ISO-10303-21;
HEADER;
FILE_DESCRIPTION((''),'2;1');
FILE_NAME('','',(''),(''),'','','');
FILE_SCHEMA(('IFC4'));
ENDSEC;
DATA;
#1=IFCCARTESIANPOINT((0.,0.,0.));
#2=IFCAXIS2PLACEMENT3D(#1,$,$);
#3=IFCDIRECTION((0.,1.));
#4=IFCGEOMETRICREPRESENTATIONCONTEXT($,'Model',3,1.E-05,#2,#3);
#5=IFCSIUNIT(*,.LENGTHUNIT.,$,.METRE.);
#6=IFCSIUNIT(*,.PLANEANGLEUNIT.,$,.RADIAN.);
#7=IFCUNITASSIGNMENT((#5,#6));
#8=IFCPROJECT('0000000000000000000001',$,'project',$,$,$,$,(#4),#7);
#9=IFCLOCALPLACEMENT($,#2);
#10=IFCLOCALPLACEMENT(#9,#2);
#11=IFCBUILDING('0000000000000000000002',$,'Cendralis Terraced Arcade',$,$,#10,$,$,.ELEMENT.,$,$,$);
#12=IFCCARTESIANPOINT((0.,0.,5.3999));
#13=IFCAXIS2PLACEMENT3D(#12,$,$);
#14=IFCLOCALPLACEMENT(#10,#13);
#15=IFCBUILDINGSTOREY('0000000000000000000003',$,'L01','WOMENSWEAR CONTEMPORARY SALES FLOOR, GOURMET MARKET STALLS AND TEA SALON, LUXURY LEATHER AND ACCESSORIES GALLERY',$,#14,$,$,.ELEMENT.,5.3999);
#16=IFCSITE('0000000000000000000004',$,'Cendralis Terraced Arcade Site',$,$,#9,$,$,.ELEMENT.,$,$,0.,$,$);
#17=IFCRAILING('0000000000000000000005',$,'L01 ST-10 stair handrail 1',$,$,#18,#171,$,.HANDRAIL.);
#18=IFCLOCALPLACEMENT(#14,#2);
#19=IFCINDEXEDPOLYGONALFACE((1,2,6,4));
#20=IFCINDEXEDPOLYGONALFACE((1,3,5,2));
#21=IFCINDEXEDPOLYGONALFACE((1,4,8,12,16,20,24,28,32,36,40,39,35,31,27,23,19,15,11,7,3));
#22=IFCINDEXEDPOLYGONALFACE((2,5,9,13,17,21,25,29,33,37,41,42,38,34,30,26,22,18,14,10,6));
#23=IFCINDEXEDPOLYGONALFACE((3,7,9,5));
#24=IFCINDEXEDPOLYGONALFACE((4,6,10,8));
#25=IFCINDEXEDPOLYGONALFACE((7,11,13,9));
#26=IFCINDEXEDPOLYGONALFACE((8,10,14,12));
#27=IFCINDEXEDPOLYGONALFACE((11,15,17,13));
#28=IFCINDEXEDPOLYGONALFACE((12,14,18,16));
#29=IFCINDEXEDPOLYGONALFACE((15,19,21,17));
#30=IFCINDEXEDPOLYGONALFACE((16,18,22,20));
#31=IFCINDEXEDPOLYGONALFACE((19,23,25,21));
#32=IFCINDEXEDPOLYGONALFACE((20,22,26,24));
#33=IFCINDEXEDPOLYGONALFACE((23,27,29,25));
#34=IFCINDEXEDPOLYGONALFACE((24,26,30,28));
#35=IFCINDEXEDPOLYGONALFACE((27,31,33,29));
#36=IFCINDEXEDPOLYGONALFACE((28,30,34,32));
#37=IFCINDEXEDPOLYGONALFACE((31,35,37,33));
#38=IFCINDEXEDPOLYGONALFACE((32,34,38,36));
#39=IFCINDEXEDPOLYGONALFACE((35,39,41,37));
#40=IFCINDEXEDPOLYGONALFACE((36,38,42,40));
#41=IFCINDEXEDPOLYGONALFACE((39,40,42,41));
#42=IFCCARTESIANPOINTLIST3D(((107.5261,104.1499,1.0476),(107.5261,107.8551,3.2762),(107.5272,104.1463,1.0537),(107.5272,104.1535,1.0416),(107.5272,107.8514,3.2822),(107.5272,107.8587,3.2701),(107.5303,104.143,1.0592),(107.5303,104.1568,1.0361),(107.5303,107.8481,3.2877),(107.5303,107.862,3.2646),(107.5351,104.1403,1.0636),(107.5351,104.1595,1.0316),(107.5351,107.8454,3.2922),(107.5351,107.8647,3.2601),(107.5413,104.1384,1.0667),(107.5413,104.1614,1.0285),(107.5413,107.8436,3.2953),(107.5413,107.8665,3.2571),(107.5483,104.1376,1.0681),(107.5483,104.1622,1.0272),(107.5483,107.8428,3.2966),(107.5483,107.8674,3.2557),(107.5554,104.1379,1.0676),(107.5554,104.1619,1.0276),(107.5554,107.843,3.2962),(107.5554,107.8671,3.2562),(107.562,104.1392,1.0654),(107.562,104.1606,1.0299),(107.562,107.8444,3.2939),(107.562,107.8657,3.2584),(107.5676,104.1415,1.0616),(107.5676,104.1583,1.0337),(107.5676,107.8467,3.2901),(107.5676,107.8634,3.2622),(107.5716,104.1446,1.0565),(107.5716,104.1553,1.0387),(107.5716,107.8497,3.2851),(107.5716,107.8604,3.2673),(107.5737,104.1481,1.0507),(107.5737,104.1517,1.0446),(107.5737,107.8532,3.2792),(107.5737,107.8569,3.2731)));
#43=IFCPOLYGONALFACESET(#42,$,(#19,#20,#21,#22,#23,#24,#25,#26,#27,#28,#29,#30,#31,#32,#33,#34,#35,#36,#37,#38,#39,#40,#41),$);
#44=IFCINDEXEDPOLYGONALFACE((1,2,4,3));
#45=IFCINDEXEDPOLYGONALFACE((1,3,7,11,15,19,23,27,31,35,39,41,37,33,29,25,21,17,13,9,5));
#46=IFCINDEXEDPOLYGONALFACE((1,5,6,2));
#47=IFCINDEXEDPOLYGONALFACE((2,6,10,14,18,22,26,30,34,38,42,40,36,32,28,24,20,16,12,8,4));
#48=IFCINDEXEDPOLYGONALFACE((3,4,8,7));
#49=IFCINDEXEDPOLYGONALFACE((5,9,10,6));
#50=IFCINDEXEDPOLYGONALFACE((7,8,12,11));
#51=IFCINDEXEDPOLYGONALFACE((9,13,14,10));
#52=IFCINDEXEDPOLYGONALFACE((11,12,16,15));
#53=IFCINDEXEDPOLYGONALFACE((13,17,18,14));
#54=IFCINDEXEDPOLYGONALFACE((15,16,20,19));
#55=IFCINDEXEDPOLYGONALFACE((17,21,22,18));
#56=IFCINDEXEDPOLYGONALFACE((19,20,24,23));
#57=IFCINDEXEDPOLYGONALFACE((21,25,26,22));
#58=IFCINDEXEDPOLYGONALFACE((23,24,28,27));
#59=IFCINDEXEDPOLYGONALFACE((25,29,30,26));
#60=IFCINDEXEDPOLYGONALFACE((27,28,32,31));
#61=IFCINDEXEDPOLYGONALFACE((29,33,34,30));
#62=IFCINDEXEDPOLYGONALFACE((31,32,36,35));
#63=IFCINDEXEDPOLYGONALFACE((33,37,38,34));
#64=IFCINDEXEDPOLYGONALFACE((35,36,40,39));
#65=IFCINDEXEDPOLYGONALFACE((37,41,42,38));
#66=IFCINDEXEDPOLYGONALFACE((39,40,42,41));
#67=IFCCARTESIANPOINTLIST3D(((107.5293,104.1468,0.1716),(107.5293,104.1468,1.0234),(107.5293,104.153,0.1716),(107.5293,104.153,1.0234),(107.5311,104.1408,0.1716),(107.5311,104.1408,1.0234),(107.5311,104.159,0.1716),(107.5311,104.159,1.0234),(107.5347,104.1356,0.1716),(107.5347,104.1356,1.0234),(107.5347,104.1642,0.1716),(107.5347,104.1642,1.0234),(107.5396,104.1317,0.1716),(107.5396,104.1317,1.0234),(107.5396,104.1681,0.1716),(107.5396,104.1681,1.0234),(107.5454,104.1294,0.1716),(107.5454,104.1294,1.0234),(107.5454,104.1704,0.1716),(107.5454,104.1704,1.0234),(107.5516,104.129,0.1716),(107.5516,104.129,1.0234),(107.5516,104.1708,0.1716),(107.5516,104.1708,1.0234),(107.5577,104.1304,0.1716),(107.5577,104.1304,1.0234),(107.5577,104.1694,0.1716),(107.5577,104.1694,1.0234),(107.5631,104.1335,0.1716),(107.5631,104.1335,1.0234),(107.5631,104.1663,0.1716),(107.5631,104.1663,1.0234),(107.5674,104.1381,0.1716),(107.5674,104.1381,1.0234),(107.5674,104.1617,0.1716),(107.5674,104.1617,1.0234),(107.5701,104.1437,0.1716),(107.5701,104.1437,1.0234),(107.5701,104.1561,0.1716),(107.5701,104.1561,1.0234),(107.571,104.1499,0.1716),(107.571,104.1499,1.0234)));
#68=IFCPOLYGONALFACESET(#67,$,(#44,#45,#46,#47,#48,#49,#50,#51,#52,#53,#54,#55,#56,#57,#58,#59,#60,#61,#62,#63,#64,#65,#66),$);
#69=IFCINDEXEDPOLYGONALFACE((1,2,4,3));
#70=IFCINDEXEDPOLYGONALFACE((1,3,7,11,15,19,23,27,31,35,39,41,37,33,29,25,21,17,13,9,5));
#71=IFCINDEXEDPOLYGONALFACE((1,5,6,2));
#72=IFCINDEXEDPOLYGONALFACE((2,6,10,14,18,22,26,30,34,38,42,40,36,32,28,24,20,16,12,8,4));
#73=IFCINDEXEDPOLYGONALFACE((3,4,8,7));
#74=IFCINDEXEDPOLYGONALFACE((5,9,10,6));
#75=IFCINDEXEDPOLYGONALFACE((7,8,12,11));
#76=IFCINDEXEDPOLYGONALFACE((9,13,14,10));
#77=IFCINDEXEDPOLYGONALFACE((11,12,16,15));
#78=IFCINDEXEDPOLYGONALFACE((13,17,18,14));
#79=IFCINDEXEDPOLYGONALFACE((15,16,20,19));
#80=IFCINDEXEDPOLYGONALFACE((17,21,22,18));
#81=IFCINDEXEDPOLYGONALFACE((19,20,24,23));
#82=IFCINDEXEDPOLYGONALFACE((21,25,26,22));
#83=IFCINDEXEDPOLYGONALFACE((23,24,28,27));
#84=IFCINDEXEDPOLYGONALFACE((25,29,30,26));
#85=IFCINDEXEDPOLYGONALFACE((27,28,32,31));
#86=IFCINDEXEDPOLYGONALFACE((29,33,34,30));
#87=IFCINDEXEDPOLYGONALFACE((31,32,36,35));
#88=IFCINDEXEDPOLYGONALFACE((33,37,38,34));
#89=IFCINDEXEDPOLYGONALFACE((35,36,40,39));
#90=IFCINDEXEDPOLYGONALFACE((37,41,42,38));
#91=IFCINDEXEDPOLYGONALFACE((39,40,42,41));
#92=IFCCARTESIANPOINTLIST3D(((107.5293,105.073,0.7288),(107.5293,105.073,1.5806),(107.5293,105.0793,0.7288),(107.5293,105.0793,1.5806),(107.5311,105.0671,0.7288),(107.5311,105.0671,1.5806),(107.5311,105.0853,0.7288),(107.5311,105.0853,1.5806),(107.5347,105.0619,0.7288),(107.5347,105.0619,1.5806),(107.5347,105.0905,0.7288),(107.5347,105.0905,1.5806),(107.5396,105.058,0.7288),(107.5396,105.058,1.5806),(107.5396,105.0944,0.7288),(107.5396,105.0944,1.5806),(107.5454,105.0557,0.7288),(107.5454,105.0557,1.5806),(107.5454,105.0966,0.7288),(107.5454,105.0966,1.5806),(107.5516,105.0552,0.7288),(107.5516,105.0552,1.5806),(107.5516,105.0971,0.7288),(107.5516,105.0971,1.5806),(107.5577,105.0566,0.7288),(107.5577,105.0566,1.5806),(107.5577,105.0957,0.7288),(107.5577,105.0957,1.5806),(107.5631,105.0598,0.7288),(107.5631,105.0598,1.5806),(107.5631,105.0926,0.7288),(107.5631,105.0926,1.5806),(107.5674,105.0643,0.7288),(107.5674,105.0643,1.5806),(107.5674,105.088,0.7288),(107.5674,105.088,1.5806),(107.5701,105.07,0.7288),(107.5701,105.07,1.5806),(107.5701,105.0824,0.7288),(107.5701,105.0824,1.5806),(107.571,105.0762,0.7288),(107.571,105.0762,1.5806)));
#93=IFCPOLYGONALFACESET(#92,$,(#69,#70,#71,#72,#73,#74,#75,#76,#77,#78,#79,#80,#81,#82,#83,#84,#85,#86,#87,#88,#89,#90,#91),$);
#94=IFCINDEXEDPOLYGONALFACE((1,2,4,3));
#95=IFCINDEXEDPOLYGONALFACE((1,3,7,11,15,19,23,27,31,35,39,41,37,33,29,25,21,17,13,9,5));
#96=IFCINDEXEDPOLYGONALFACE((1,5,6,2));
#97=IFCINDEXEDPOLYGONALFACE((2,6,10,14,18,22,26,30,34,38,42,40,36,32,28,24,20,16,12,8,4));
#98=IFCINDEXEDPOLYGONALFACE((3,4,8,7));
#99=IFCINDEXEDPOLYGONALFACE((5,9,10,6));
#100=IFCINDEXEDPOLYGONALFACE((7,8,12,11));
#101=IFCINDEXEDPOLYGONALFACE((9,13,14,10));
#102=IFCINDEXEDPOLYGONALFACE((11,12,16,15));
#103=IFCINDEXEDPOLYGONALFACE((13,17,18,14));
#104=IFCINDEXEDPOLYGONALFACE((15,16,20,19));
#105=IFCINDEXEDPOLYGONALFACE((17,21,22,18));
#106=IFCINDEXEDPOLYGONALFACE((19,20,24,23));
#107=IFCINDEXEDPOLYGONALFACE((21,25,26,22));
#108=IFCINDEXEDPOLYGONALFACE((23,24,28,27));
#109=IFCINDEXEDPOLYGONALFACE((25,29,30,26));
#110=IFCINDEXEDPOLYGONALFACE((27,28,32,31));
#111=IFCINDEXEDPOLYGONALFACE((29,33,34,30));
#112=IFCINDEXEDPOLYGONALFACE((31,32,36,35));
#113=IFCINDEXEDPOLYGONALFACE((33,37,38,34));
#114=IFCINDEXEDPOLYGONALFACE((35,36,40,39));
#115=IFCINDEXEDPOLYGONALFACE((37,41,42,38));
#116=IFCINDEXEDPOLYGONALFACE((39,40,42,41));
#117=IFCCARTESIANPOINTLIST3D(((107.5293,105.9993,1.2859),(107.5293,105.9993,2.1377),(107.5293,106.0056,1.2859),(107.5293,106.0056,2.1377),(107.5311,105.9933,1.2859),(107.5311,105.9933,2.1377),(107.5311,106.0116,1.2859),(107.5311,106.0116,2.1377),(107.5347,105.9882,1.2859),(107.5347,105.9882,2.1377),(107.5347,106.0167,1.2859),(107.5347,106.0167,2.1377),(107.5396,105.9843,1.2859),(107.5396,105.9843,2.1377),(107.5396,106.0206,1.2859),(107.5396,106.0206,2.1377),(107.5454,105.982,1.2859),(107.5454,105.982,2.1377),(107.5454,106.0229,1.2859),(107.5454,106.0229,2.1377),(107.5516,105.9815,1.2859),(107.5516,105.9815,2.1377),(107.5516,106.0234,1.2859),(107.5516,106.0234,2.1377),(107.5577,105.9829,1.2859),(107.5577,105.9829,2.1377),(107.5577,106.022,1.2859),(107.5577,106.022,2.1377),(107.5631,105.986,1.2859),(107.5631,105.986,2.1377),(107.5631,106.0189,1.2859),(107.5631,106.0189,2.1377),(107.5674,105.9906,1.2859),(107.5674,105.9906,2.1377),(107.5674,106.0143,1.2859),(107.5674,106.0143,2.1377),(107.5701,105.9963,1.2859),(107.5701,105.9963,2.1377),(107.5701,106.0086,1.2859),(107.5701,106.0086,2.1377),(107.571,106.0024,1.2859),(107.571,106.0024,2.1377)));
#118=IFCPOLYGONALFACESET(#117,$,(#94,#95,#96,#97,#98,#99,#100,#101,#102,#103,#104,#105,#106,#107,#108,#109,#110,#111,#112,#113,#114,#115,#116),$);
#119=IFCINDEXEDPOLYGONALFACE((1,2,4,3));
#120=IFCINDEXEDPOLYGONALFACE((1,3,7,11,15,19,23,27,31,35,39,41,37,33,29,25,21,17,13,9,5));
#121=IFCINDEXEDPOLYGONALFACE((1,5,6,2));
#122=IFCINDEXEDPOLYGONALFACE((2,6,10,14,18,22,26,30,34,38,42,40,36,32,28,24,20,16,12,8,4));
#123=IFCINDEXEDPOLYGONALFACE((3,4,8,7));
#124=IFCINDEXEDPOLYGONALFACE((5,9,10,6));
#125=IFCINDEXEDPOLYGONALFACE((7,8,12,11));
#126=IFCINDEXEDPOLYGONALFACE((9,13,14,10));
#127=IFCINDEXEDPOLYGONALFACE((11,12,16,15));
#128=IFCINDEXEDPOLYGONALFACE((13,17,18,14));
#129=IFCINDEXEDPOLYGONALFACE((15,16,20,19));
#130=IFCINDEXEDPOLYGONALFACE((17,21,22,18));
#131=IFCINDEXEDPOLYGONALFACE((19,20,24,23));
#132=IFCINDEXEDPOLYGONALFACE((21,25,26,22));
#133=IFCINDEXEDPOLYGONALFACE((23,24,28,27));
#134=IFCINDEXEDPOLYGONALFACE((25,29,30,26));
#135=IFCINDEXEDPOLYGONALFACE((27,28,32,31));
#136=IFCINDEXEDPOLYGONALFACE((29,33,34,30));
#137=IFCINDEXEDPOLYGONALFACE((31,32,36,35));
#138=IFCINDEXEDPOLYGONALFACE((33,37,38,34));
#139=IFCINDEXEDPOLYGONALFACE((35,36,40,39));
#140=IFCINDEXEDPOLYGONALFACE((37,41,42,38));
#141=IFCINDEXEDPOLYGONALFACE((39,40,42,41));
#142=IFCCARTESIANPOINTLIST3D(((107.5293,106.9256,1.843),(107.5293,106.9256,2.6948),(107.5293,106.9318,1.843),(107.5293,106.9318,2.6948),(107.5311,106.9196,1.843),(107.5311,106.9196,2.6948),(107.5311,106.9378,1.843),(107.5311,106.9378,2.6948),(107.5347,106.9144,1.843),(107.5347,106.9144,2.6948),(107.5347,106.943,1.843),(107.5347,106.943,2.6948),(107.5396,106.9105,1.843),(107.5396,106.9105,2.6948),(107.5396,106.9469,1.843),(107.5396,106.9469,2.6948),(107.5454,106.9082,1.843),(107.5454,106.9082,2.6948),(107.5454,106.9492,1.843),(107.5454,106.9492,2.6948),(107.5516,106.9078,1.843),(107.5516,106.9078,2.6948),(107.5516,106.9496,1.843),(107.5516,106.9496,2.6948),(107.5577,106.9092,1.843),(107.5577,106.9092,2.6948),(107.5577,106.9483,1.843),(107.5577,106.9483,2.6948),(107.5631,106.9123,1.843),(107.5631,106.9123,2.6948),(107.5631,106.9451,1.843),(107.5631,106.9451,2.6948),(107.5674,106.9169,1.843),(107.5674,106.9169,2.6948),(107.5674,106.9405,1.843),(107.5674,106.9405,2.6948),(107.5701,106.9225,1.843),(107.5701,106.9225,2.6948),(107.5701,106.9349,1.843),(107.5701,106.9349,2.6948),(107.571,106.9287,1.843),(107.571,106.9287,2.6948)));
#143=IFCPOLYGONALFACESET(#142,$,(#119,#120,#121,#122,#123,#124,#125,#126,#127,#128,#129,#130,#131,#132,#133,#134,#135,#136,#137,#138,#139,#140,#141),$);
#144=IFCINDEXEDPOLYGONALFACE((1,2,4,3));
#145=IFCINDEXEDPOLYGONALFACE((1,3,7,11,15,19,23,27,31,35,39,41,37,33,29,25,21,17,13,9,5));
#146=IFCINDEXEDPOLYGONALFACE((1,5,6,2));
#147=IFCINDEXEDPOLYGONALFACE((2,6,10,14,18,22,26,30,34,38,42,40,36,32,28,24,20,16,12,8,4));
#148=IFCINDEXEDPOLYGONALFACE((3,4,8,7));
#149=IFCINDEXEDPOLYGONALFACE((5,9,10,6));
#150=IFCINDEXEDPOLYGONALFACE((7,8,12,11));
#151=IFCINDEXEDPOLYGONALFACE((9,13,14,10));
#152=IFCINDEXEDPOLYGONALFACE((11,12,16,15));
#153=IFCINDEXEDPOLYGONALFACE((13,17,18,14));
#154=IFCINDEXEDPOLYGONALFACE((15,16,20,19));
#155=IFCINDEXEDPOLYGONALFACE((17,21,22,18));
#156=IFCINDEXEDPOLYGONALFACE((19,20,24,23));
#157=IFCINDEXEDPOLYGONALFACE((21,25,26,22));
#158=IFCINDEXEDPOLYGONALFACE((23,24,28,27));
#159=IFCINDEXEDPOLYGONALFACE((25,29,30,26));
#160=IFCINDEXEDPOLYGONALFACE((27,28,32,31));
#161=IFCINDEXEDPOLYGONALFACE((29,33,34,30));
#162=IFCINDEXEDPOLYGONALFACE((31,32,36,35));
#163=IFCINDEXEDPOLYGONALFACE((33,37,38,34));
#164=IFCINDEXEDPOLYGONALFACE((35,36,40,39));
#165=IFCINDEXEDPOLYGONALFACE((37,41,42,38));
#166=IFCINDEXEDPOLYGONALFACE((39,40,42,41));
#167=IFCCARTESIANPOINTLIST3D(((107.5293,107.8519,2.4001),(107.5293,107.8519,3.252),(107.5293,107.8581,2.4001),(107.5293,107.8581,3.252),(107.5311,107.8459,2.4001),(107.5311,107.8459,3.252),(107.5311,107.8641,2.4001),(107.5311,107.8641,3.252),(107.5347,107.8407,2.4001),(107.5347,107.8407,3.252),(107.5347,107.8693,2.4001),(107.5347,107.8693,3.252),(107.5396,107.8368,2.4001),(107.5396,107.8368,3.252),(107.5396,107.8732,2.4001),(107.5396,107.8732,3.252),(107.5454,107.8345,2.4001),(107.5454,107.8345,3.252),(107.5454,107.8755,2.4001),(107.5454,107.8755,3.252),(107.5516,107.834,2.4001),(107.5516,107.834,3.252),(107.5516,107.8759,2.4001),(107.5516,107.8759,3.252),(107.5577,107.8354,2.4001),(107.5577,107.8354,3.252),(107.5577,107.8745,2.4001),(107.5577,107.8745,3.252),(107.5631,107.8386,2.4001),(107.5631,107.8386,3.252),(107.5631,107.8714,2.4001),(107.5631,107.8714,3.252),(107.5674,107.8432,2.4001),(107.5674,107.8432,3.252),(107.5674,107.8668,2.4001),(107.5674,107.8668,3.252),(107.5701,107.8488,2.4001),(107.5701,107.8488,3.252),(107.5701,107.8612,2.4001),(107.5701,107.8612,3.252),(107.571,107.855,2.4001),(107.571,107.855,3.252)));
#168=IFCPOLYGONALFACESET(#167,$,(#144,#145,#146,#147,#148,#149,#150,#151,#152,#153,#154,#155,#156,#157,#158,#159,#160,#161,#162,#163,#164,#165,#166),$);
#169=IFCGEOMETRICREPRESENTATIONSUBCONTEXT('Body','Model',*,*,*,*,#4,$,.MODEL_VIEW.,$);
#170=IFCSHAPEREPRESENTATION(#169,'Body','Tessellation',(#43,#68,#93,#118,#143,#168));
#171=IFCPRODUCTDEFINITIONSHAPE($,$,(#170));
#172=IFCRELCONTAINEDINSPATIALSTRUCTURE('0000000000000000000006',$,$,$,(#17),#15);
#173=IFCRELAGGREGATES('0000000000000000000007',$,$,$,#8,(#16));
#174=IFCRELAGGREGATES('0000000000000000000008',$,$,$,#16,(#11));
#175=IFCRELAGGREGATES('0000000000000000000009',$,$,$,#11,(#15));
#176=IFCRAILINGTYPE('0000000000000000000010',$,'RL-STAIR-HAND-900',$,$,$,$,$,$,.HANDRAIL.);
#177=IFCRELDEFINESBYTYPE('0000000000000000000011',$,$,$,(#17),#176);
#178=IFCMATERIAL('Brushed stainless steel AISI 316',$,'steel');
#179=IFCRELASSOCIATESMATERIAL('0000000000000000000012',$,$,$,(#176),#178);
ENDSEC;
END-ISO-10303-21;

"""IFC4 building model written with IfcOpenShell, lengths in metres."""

from ifc_helpers import new_model, si_unit, direction, frame, origin, origin_2d, place, context, subcontext, project, spatial, circle, extrude, material, type_object, element, save


model = new_model("IFC4")

# Units and contexts
model_context = context("Model", 3, precision=1e-05, world=origin(), true_north=direction((0.0, 1.0)))
body_context = subcontext(model_context, "Body", "Model", "MODEL_VIEW")
ifc_project = project(units=[si_unit("LENGTHUNIT", "METRE"), si_unit("PLANEANGLEUNIT", "RADIAN")], contexts=[model_context])

# Site, building, storey
site_placement = place(None, origin())
site = spatial("IfcSite", under=ifc_project, at=site_placement, Name="Cendralis Terraced Arcade Site", CompositionType="ELEMENT", RefElevation=0.0)
building_placement = place(site_placement, origin())
building = spatial("IfcBuilding", under=site, at=building_placement, Name="Cendralis Terraced Arcade", CompositionType="ELEMENT")
storey_placement = place(building_placement, frame((0.0, 0.0, 5.3999)))
storey = spatial("IfcBuildingStorey", under=building, at=storey_placement, Name="L01", Description="WOMENSWEAR CONTEMPORARY SALES FLOOR, GOURMET MARKET STALLS AND TEA SALON, LUXURY LEATHER AND ACCESSORIES GALLERY", CompositionType="ELEMENT", Elevation=5.3999)

# Railing
ifc_material_1 = material(Name="Brushed stainless steel AISI 316", Category="steel")
railing_type = type_object("IfcRailingType", Name="RL-STAIR-HAND-900", PredefinedType="HANDRAIL", material=ifc_material_1)
railing_placement = place(storey_placement, frame((107.55, 104.1499, 0.1716)))
element("IfcRailing", 1, at=railing_placement, inside=storey, type_object=railing_type, Name="L01 ST-10 stair handrail 1", PredefinedType="HANDRAIL", context=body_context, shape_type="SweptSolid", body=[
    extrude(circle(Radius=0.0239, at=origin_2d()), frame((0.0, 0.0, 0.876), z_axis=(0.0, 0.856934, 0.515425), x_axis=(-1.0, 0.0, 0.0)), (0.0, 0.0, 1.0), 4.3237),
    extrude(circle(Radius=0.021, at=origin_2d()), origin(), (0.0, 0.0, 1.0), 0.8518),
    extrude(circle(Radius=0.021, at=origin_2d()), frame((0.0, 0.9263, 0.5571)), (0.0, 0.0, 1.0), 0.8518),
    extrude(circle(Radius=0.021, at=origin_2d()), frame((0.0, 1.8525, 1.1143)), (0.0, 0.0, 1.0), 0.8518),
    extrude(circle(Radius=0.021, at=origin_2d()), frame((0.0, 2.7788, 1.6714)), (0.0, 0.0, 1.0), 0.8518),
    extrude(circle(Radius=0.021, at=origin_2d()), frame((0.0, 3.7051, 2.2285)), (0.0, 0.0, 1.0), 0.8518),
])

save(model, "model.ifc")
